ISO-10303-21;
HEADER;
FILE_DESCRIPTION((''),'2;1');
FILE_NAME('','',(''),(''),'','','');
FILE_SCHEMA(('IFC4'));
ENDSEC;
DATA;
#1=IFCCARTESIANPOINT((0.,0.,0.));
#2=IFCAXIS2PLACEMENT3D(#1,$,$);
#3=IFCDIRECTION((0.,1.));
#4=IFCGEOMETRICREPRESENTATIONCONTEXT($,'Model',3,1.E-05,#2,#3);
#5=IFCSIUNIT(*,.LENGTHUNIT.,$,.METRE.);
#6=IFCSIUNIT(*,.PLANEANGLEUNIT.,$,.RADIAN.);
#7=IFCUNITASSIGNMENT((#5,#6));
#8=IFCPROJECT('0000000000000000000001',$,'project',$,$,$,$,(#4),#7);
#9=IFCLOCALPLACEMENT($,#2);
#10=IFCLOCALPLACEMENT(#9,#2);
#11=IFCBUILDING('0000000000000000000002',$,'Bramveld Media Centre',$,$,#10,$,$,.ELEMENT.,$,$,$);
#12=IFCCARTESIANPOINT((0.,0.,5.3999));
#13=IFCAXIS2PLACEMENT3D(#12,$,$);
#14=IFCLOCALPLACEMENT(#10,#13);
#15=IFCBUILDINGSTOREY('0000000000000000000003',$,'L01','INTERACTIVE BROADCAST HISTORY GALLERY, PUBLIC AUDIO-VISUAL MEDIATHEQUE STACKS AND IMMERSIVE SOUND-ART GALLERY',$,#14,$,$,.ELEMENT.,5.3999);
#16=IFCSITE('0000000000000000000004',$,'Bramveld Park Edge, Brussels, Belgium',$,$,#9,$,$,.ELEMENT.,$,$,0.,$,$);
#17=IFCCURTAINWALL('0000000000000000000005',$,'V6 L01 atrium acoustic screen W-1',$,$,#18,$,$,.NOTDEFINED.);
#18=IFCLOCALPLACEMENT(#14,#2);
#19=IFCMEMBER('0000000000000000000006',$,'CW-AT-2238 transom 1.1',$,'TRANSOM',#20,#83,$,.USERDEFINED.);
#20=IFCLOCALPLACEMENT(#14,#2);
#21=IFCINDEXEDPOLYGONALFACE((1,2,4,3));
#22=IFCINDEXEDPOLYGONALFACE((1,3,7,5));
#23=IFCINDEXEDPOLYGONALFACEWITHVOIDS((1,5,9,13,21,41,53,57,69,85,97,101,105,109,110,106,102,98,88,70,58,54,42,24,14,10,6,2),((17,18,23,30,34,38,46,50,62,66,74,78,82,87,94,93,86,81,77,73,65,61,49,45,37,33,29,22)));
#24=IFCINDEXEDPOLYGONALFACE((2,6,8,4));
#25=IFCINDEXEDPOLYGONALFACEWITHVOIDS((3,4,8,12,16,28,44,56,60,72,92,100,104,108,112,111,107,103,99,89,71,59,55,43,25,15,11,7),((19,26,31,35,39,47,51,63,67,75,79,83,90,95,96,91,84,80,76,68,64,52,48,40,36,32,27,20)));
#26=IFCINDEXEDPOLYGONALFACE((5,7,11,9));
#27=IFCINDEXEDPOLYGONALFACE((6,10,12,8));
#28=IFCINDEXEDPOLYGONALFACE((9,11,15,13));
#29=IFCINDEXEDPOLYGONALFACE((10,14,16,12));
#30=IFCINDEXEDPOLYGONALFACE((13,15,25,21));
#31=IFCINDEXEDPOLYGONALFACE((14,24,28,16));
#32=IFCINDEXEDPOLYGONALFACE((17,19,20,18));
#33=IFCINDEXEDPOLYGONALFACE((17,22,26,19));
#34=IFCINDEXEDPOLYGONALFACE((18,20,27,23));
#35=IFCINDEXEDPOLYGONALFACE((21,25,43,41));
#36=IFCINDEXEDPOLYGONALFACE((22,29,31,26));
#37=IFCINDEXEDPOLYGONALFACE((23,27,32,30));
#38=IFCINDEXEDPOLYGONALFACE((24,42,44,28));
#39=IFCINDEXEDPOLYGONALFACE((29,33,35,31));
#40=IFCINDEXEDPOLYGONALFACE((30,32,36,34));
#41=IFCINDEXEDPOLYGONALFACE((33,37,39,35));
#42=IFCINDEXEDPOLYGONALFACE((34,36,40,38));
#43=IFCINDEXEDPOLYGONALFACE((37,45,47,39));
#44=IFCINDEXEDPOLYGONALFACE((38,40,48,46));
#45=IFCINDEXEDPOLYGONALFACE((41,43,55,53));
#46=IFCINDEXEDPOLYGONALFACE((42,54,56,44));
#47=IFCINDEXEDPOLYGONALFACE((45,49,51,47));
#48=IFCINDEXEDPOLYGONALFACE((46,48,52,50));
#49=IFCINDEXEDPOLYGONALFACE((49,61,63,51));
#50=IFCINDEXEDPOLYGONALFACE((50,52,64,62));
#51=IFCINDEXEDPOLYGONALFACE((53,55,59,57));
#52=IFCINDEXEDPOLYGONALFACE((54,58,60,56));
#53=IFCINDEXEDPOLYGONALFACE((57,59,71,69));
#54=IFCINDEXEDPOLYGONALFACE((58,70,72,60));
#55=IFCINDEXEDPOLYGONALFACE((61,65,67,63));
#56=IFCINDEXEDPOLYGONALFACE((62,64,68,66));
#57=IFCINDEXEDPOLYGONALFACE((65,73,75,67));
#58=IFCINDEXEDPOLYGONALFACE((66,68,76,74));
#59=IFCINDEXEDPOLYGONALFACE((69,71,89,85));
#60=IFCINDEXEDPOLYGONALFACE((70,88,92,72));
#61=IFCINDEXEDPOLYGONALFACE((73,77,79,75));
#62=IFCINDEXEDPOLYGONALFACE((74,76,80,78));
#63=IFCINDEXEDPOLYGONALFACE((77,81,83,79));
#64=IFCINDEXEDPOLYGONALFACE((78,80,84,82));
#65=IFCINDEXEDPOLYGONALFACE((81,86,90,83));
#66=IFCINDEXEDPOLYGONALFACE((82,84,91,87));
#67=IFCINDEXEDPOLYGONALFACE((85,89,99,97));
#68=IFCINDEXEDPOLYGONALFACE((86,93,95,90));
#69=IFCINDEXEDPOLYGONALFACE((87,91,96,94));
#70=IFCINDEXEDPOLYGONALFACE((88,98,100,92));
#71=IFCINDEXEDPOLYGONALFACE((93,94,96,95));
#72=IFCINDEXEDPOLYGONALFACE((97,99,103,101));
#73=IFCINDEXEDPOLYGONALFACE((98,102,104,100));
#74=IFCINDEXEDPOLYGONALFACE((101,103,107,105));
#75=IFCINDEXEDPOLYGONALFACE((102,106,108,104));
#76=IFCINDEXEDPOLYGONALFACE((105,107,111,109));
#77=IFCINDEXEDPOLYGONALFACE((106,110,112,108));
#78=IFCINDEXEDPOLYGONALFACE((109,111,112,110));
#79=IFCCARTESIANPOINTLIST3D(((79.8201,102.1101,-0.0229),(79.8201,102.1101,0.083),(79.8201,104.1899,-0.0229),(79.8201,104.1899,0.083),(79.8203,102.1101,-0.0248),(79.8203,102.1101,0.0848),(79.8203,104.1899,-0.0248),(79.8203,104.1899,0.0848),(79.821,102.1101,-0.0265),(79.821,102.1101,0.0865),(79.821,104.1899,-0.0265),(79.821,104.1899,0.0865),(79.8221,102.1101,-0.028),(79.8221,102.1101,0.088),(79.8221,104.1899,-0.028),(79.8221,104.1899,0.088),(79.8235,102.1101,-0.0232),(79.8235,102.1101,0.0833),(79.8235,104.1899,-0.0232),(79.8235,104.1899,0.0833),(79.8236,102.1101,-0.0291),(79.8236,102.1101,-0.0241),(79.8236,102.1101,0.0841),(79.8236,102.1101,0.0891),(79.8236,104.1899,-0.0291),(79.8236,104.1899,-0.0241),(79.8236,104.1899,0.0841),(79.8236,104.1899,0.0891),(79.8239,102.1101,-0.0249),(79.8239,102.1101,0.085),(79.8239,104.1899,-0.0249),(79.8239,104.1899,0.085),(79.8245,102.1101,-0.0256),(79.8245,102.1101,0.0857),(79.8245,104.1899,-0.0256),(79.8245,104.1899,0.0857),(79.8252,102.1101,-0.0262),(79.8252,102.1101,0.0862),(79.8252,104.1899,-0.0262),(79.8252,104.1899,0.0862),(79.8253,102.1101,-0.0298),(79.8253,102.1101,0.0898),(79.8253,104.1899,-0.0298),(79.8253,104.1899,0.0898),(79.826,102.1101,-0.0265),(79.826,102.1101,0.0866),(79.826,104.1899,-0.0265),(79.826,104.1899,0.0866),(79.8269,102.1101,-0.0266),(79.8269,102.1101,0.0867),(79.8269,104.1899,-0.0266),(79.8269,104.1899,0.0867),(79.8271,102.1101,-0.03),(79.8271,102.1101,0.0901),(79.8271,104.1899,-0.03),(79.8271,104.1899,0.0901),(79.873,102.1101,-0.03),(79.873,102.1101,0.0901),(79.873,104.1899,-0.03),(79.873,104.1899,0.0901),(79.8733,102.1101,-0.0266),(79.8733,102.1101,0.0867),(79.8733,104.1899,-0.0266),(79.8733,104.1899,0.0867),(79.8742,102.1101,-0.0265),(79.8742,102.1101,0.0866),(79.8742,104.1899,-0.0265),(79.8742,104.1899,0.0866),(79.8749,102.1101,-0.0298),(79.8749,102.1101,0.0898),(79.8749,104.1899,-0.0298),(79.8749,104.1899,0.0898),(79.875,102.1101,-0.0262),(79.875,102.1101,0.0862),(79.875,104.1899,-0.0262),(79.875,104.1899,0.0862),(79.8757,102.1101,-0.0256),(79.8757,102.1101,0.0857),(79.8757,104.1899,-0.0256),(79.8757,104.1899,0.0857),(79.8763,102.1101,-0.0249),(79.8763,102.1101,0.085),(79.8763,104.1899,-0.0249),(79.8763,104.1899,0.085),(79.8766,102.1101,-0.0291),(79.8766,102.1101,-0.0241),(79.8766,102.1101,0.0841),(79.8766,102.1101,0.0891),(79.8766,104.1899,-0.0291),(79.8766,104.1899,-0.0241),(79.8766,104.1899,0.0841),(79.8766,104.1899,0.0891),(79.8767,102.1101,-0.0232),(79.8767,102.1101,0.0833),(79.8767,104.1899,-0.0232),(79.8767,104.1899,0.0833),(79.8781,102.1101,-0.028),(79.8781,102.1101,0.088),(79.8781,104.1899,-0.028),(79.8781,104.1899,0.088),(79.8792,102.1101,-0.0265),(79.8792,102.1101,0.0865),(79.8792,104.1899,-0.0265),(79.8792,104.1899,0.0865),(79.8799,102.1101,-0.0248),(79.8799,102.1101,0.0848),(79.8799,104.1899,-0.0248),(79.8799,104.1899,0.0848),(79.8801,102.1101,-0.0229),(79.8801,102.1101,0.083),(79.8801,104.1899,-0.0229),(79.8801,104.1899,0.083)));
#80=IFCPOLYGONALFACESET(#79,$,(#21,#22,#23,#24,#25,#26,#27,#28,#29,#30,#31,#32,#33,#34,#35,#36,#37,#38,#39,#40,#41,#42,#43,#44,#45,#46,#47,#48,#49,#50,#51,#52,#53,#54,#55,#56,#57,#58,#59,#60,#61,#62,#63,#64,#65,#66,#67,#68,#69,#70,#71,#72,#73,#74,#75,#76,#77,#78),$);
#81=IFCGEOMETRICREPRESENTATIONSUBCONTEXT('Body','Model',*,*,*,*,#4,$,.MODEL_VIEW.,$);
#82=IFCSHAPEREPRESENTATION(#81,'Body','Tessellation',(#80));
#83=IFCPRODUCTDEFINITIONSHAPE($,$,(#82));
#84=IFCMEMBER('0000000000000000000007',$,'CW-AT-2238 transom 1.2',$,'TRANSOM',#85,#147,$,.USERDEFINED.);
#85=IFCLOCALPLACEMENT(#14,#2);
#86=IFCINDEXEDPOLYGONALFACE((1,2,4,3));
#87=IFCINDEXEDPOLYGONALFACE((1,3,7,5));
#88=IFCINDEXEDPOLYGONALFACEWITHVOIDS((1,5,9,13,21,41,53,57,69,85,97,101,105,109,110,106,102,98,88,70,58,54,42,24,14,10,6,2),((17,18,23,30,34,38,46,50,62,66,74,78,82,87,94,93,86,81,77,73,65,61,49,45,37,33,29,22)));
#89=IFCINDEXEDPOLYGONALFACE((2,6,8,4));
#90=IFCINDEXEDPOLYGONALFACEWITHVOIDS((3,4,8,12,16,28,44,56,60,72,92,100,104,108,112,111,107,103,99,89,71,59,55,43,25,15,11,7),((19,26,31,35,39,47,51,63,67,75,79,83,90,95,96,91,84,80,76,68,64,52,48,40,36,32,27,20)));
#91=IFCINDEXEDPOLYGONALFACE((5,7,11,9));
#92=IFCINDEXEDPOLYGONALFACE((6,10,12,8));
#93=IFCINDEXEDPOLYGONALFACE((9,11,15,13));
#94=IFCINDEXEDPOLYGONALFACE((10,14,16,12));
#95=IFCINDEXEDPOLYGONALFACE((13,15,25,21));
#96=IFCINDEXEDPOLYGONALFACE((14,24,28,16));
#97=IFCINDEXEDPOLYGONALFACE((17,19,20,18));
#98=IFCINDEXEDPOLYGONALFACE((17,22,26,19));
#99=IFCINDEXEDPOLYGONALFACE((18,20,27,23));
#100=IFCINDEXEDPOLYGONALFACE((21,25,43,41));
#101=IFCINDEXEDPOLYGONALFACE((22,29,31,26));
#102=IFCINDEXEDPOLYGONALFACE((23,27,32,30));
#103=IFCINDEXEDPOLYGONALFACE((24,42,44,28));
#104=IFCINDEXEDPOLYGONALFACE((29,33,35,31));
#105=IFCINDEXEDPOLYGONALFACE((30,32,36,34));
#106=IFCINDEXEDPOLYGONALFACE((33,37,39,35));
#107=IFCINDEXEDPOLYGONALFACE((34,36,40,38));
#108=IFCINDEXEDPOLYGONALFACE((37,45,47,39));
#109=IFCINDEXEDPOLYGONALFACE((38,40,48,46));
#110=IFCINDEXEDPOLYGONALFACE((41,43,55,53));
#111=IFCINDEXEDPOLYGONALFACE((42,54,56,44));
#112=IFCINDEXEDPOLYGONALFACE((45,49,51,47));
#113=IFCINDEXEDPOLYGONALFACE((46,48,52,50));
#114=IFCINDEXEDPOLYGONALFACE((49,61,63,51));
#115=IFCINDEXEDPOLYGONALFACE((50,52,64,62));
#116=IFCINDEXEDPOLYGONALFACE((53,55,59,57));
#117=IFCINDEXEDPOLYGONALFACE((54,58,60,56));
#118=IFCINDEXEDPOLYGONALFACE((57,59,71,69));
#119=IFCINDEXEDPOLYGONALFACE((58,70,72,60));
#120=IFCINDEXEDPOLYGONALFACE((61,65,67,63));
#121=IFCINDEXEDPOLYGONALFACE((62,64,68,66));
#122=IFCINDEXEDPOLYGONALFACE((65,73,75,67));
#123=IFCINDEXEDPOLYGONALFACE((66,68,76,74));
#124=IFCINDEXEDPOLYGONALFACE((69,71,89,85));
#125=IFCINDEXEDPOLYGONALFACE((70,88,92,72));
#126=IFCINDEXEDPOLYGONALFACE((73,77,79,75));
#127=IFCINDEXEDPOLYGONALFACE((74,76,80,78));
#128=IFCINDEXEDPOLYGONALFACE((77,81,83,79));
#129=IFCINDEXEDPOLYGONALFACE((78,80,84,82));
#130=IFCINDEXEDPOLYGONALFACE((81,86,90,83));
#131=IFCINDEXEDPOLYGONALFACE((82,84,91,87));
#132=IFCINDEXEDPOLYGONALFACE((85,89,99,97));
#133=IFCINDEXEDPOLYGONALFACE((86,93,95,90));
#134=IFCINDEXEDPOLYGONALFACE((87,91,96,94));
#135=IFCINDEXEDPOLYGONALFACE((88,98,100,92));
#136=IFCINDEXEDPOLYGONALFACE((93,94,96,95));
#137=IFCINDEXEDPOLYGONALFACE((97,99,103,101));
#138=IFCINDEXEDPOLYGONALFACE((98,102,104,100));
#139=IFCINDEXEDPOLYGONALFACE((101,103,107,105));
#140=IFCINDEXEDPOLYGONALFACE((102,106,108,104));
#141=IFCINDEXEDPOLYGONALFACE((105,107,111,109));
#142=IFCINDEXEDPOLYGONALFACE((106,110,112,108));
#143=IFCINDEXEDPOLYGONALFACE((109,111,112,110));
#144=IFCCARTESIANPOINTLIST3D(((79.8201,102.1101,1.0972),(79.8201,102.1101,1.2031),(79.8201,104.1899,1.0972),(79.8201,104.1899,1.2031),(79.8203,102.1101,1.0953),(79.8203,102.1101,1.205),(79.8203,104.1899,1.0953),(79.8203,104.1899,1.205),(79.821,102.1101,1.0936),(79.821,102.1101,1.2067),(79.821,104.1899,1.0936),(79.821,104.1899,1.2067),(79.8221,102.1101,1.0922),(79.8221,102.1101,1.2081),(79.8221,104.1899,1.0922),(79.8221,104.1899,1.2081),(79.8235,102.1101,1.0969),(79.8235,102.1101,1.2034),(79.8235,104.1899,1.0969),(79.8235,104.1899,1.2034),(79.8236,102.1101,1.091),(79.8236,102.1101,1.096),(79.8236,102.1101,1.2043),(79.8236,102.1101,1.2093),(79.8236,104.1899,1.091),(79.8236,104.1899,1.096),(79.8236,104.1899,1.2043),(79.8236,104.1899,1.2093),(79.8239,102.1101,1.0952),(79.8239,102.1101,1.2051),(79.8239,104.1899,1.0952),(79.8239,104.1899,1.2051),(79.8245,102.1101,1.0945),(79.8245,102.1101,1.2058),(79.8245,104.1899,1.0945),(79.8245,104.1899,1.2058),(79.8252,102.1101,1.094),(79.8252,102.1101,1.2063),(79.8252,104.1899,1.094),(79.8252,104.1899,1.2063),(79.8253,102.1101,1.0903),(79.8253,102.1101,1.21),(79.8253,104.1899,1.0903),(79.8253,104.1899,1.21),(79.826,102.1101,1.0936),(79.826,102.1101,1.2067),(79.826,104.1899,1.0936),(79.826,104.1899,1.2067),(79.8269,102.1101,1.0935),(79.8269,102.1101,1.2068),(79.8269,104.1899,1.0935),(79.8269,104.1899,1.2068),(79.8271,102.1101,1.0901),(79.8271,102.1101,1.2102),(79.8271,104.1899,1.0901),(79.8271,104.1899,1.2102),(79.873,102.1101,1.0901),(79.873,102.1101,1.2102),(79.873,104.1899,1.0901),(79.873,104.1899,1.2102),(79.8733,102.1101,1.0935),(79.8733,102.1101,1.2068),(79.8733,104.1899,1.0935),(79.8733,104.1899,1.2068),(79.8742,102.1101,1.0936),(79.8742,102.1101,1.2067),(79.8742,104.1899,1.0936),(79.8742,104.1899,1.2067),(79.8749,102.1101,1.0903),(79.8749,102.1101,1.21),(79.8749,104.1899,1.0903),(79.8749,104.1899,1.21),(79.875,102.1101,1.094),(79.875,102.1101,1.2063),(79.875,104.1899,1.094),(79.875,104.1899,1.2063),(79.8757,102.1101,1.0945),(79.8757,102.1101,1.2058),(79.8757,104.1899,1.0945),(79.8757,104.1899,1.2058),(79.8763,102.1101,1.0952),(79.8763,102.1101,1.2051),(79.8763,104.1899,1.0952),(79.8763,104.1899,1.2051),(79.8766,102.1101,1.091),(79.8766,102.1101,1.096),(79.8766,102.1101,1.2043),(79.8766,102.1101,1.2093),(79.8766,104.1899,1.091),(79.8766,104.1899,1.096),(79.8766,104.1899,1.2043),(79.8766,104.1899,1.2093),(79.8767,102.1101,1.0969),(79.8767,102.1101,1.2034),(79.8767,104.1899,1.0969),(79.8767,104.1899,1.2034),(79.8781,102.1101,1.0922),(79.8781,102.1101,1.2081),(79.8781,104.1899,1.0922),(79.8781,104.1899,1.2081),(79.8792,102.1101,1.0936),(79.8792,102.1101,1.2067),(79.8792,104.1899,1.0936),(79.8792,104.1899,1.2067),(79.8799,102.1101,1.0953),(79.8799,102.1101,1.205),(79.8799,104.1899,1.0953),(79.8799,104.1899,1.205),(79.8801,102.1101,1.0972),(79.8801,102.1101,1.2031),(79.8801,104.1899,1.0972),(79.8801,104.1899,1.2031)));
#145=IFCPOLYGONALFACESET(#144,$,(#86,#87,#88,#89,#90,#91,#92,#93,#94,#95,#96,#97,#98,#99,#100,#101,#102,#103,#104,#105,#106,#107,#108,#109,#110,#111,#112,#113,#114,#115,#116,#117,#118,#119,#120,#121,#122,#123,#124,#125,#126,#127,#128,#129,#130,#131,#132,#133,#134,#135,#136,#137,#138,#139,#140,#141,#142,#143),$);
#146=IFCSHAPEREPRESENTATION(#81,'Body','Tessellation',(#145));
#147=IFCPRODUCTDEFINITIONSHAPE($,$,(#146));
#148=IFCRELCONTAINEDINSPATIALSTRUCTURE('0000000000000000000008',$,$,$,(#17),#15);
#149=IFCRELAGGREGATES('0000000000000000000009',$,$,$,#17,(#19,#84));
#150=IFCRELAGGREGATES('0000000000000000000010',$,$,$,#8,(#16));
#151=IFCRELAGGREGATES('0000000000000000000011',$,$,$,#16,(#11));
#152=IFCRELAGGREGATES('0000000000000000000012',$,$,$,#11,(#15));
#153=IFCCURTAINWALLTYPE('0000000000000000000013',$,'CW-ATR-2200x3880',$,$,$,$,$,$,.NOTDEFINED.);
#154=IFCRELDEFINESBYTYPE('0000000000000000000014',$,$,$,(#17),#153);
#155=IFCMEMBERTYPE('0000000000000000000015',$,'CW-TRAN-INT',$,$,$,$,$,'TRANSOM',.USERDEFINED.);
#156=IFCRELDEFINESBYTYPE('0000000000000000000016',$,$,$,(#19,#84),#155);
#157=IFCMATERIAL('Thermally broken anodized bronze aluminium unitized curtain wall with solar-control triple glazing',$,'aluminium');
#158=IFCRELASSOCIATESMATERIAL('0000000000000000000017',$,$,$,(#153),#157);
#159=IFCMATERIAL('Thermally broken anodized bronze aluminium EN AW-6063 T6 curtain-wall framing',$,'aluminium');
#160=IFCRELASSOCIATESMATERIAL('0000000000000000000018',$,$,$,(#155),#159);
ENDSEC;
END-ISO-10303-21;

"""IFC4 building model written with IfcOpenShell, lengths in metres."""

from ifc_helpers import new_model, si_unit, direction, frame, origin, origin_2d, place, context, subcontext, project, spatial, hollow_rectangle, extrude, material, material_profile, profile_set, type_object, element, aggregate, save


model = new_model("IFC4")

# Units and contexts
model_context = context("Model", 3, precision=1e-05, world=origin(), true_north=direction((0.0, 1.0)))
body_context = subcontext(model_context, "Body", "Model", "MODEL_VIEW")
ifc_project = project(units=[si_unit("LENGTHUNIT", "METRE"), si_unit("PLANEANGLEUNIT", "RADIAN")], contexts=[model_context])

# Site, building, storey
site_placement = place(None, origin())
site = spatial("IfcSite", under=ifc_project, at=site_placement, Name="Bramveld Park Edge, Brussels, Belgium", CompositionType="ELEMENT", RefElevation=0.0)
building_placement = place(site_placement, origin())
building = spatial("IfcBuilding", under=site, at=building_placement, Name="Bramveld Media Centre", CompositionType="ELEMENT")
storey_placement = place(building_placement, frame((0.0, 0.0, 5.3999)))
storey = spatial("IfcBuildingStorey", under=building, at=storey_placement, Name="L01", Description="INTERACTIVE BROADCAST HISTORY GALLERY, PUBLIC AUDIO-VISUAL MEDIATHEQUE STACKS AND IMMERSIVE SOUND-ART GALLERY", CompositionType="ELEMENT", Elevation=5.3999)

# Curtain wall
ifc_material_1 = material(Name="Thermally broken anodized bronze aluminium unitized curtain wall with solar-control triple glazing", Category="aluminium")
curtain_wall_type_1 = type_object("IfcCurtainWallType", Name="CW-ATR-2200x3880", PredefinedType="NOTDEFINED", material=ifc_material_1)
curtain_wall_1_placement = place(storey_placement, origin())
curtain_wall_1 = element("IfcCurtainWall", 1, at=curtain_wall_1_placement, inside=storey, type_object=curtain_wall_type_1, Name="V6 L01 atrium acoustic screen W-1", PredefinedType="NOTDEFINED")

# Members
ifc_material_2 = material(Name="Thermally broken anodized bronze aluminium EN AW-6063 T6 curtain-wall framing", Category="aluminium")
ifc_material_profile_1 = material_profile(ifc_material_2, hollow_rectangle(XDim=0.0601, YDim=0.1201, WallThickness=0.0034, InnerFilletRadius=0.0034, OuterFilletRadius=0.0071, at=origin_2d()), Name="AL-TRAN 60x120")
ifc_profile_set_1 = profile_set([ifc_material_profile_1], Name="Thermally broken anodized bronze aluminium EN AW-6063 T6 curtain-wall framing")
member_type_1 = type_object("IfcMemberType", Name="CW-TRAN-INT", ElementType="TRANSOM", PredefinedType="USERDEFINED", material=ifc_profile_set_1)
member_1_placement = place(storey_placement, frame((79.8501, 102.1101, 0.03), z_axis=(0.0, 1.0, 0.0), x_axis=(-1.0, 0.0, 0.0)))
member_1 = element("IfcMember", 2, at=member_1_placement, type_object=member_type_1, Name="CW-AT-2238 transom 1.1", ObjectType="TRANSOM", PredefinedType="USERDEFINED", context=body_context, shape_type="SweptSolid", body=[
    extrude(hollow_rectangle(XDim=0.0601, YDim=0.1201, WallThickness=0.0034, InnerFilletRadius=0.0034, OuterFilletRadius=0.0071, at=origin_2d()), origin(), (0.0, 0.0, 1.0), 2.0798),
])
member_2_placement = place(storey_placement, frame((79.8501, 102.1101, 1.1501), z_axis=(0.0, 1.0, 0.0), x_axis=(-1.0, 0.0, 0.0)))
member_2 = element("IfcMember", 3, at=member_2_placement, type_object=member_type_1, Name="CW-AT-2238 transom 1.2", ObjectType="TRANSOM", PredefinedType="USERDEFINED", context=body_context, shape_type="SweptSolid", body=[
    extrude(hollow_rectangle(XDim=0.0601, YDim=0.1201, WallThickness=0.0034, InnerFilletRadius=0.0034, OuterFilletRadius=0.0071, at=origin_2d()), origin(), (0.0, 0.0, 1.0), 2.0798),
])

aggregate(curtain_wall_1, [member_1, member_2])

save(model, "model.ifc")
